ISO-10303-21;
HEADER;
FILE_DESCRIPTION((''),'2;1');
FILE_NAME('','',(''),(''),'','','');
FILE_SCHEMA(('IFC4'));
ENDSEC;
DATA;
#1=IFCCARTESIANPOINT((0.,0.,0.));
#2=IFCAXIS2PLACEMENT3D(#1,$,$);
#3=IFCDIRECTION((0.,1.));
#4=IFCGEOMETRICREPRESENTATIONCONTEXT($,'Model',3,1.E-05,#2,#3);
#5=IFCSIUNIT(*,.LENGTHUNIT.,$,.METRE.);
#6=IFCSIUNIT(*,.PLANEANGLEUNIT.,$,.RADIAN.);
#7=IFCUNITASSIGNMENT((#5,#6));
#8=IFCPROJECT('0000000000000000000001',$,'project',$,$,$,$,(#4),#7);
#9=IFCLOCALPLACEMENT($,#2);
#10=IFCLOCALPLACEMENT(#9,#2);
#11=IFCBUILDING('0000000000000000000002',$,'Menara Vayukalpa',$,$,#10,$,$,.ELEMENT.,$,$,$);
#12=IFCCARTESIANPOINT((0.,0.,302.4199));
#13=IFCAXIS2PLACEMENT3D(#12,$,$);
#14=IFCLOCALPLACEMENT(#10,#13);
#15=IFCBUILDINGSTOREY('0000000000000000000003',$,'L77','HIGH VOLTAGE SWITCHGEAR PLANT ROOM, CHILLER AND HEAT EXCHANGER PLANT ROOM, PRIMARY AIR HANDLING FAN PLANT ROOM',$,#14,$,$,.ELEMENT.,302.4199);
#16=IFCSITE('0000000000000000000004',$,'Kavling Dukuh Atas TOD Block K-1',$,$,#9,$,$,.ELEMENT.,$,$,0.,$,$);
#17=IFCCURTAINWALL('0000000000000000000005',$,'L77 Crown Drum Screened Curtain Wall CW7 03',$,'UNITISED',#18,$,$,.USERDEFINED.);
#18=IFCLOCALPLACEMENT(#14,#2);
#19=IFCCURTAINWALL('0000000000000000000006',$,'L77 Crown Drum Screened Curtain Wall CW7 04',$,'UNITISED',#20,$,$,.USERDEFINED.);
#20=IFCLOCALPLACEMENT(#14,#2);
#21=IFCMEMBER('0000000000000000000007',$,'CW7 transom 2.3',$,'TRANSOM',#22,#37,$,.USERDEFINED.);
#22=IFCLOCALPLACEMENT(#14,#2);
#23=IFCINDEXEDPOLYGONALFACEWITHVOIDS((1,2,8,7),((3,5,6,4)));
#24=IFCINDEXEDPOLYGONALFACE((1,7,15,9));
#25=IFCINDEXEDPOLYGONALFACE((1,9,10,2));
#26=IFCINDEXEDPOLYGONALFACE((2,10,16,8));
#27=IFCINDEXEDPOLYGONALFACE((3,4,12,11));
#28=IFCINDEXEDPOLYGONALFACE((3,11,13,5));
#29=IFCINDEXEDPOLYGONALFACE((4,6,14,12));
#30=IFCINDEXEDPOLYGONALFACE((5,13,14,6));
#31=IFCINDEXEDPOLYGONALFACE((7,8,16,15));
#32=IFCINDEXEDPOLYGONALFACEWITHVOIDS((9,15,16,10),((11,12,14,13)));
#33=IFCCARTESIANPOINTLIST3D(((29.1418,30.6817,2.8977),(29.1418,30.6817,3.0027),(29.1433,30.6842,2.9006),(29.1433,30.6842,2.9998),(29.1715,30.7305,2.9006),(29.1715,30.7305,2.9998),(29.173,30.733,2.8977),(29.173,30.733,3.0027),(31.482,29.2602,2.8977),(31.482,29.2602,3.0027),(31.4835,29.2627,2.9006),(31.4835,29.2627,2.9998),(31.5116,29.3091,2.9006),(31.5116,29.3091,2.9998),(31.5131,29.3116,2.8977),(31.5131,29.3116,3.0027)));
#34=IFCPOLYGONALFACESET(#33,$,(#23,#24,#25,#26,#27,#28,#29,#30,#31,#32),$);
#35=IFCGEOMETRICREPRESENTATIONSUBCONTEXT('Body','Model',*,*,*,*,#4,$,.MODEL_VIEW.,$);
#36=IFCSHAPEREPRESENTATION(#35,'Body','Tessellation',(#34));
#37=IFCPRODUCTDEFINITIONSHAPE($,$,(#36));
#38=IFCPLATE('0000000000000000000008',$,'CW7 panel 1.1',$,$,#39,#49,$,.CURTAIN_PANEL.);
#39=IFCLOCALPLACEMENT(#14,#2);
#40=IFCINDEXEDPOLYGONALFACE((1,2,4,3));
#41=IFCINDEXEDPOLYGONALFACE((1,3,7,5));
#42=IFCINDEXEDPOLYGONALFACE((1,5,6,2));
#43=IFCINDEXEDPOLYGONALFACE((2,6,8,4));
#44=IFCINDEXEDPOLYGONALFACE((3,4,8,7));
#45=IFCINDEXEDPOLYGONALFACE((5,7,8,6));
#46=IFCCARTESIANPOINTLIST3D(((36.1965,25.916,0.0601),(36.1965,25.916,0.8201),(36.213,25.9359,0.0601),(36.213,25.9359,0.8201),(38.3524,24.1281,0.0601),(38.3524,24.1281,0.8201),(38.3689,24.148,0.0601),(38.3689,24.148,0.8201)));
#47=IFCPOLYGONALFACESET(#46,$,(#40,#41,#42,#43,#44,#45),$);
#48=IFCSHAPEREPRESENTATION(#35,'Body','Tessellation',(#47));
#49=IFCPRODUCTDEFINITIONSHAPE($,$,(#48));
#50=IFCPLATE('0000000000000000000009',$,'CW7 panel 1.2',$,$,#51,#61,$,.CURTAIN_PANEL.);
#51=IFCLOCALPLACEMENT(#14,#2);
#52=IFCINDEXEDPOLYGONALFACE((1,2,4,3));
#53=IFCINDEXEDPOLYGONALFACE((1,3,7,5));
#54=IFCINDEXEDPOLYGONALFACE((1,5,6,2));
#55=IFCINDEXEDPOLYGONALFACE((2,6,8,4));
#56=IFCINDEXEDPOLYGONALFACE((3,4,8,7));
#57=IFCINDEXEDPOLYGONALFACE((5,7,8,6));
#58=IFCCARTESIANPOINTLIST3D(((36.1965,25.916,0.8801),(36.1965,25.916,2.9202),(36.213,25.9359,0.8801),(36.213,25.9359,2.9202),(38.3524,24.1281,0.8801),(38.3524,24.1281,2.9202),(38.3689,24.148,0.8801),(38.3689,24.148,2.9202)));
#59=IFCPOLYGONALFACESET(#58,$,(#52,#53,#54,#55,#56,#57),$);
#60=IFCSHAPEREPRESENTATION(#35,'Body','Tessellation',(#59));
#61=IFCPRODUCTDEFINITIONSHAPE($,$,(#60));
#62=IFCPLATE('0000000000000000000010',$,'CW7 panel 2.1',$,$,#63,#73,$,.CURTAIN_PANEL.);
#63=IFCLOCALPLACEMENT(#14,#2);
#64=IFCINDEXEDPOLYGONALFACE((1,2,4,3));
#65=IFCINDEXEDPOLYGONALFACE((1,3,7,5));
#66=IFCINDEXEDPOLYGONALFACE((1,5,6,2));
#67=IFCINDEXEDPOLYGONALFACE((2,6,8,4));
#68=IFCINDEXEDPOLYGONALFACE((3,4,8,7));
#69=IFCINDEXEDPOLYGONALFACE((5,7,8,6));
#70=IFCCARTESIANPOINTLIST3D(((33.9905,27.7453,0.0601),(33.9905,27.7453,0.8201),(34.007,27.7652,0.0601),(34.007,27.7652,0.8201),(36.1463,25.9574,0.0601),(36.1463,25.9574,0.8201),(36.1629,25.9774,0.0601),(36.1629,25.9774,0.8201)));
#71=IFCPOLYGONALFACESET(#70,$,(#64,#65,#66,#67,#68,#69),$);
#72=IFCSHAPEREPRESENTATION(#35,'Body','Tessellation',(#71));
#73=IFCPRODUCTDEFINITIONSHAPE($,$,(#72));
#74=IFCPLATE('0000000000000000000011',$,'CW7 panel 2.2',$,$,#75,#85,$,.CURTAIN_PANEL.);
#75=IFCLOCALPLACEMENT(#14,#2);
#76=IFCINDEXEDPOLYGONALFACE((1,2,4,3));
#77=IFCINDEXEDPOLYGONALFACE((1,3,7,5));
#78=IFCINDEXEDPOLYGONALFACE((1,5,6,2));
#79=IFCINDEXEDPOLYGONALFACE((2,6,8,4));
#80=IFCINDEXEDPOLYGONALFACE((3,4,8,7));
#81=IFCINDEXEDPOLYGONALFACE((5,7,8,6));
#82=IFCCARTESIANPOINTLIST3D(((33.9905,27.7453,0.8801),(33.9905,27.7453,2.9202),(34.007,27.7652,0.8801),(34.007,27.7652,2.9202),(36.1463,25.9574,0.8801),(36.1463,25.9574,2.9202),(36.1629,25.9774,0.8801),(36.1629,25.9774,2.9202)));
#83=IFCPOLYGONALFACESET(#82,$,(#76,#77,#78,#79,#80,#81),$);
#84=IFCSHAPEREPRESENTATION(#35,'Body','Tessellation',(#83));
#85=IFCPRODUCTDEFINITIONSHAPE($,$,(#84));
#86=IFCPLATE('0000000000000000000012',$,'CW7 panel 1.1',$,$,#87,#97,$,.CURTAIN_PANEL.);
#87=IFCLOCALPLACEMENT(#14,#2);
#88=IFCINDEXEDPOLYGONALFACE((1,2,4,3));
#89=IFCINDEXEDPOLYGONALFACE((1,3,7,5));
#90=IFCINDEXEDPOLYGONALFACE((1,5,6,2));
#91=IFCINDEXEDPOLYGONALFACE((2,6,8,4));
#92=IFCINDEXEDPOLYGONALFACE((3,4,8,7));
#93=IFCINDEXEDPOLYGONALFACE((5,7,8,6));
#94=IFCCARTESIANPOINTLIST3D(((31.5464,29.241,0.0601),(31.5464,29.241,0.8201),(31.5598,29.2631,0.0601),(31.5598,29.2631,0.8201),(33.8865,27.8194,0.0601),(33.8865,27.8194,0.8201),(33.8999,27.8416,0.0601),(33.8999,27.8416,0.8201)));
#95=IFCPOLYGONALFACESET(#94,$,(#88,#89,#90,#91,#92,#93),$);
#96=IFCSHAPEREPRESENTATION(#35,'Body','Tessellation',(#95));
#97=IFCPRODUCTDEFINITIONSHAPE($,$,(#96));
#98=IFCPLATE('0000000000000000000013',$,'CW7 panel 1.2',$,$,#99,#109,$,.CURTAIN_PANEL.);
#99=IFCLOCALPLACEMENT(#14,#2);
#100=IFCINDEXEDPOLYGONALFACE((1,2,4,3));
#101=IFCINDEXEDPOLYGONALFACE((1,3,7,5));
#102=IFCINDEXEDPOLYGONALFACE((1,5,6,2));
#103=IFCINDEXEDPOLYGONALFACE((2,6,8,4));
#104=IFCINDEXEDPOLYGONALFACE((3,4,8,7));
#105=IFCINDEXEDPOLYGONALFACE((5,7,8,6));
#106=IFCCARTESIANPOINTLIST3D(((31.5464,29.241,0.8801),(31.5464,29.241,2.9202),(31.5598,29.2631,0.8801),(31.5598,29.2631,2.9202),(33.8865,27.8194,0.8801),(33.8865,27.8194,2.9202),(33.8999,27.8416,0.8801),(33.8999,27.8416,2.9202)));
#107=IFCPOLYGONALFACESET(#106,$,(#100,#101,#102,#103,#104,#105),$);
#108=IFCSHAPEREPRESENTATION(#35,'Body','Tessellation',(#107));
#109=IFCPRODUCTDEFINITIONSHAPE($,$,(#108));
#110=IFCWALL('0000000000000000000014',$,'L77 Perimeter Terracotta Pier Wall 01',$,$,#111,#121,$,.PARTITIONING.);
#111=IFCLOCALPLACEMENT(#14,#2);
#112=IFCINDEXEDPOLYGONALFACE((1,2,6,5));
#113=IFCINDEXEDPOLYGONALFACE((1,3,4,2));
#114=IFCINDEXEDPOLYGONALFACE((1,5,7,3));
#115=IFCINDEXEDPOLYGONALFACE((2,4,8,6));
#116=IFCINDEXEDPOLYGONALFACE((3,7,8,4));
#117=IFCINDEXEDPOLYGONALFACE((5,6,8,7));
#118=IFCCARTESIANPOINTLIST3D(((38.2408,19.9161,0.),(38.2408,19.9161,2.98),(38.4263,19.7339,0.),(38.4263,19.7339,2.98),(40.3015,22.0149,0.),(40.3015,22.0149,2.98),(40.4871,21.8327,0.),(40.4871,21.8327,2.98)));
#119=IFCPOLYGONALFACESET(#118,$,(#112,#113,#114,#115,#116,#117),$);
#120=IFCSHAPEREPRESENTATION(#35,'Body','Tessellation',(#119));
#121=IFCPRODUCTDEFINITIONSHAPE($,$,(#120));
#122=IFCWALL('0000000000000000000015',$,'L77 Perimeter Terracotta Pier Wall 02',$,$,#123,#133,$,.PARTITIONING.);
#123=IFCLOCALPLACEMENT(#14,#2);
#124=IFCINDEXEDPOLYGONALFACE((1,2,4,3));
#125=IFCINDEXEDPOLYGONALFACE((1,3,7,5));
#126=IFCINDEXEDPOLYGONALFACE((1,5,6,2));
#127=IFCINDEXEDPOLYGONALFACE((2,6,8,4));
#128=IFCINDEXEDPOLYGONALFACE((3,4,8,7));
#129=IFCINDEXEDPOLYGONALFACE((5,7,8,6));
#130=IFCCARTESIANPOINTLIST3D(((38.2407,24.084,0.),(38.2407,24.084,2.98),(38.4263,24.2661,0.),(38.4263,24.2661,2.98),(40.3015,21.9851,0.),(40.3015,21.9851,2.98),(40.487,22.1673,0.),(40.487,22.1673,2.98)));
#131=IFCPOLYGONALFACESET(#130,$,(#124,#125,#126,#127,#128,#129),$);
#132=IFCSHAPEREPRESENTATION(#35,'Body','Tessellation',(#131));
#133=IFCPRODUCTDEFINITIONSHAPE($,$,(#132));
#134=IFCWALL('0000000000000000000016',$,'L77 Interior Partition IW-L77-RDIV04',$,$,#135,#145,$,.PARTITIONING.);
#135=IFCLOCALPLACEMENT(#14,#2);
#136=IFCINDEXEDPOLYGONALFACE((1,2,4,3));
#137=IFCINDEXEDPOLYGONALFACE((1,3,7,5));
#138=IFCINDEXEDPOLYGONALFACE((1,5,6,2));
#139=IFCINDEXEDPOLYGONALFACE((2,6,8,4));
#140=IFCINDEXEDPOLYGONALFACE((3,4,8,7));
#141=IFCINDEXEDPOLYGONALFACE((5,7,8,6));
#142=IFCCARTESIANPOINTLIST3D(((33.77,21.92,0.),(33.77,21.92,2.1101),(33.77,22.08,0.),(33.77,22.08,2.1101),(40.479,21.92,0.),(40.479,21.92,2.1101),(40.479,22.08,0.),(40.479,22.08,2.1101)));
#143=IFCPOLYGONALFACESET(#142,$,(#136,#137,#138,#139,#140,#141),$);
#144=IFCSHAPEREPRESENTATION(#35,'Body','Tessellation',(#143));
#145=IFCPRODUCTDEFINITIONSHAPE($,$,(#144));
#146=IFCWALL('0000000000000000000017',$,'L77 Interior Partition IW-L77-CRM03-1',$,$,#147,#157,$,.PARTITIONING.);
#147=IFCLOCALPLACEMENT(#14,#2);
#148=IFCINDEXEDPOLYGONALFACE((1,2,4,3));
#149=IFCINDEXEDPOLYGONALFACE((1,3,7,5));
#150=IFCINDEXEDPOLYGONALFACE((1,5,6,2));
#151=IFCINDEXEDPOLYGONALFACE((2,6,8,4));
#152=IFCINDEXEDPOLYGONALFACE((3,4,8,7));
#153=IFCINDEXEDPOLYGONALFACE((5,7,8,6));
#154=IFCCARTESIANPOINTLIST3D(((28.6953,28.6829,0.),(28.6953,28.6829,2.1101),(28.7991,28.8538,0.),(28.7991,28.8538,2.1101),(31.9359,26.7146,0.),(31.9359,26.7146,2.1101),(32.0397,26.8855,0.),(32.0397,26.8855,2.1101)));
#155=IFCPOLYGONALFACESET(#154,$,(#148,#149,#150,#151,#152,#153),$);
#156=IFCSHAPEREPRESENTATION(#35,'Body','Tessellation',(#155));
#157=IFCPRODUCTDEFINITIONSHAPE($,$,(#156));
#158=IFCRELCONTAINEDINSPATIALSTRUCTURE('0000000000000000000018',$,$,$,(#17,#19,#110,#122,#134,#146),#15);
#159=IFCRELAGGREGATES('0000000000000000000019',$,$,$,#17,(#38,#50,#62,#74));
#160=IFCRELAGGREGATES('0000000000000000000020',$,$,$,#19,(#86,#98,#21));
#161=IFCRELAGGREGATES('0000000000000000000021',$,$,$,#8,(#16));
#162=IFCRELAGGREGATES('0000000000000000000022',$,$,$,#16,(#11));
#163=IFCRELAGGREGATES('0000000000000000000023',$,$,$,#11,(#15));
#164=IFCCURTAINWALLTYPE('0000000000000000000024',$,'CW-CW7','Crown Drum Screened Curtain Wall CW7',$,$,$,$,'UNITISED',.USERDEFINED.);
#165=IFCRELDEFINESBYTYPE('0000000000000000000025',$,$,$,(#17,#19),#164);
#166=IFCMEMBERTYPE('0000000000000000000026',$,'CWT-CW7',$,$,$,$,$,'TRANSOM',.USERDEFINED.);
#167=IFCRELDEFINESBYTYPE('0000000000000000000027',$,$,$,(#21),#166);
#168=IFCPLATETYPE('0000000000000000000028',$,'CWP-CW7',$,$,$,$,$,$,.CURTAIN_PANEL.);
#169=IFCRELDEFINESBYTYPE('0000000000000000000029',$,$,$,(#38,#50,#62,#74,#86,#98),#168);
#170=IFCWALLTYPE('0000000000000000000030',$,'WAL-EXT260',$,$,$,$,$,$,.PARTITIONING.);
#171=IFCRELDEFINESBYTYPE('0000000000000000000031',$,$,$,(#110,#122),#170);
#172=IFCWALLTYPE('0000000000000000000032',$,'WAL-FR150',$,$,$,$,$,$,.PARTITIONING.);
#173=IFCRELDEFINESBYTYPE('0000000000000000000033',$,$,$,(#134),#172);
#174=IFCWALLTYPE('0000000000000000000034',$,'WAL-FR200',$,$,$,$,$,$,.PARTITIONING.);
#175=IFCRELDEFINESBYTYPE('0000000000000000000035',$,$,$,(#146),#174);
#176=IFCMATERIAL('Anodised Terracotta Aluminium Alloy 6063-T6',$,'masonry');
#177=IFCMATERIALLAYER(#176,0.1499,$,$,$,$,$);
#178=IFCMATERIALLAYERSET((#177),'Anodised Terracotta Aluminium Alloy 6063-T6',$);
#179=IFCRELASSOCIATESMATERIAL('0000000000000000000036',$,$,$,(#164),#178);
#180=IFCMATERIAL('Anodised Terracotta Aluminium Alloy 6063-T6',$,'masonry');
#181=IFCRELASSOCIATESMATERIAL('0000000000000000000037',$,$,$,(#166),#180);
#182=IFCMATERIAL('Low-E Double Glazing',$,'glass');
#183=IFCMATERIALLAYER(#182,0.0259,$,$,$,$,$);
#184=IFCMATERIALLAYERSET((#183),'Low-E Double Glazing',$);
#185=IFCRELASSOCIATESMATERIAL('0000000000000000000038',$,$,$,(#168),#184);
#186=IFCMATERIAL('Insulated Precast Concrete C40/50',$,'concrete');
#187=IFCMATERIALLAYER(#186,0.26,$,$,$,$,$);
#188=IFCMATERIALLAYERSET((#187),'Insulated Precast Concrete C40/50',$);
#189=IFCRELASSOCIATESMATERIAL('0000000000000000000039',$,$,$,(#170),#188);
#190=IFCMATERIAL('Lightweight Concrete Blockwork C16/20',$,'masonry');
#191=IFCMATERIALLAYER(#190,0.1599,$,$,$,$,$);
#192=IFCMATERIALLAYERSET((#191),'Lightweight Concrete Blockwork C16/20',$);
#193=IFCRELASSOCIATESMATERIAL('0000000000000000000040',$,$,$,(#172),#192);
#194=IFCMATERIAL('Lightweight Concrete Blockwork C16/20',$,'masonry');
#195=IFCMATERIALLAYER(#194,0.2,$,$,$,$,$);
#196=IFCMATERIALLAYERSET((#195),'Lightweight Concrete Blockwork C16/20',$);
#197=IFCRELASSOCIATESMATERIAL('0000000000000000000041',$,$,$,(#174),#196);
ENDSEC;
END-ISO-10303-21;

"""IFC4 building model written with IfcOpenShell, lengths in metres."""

from ifc_helpers import new_model, si_unit, direction, frame, frame_2d, origin, origin_2d, place, context, subcontext, project, spatial, rectangle, hollow_rectangle, extrude, material, layer, layer_set, material_profile, profile_set, type_object, element, aggregate, save


model = new_model("IFC4")

# Units and contexts
model_context = context("Model", 3, precision=1e-05, world=origin(), true_north=direction((0.0, 1.0)))
body_context = subcontext(model_context, "Body", "Model", "MODEL_VIEW")
ifc_project = project(units=[si_unit("LENGTHUNIT", "METRE"), si_unit("PLANEANGLEUNIT", "RADIAN")], contexts=[model_context])

# Site, building, storey
site_placement = place(None, origin())
site = spatial("IfcSite", under=ifc_project, at=site_placement, Name="Kavling Dukuh Atas TOD Block K-1", CompositionType="ELEMENT", RefElevation=0.0)
building_placement = place(site_placement, origin())
building = spatial("IfcBuilding", under=site, at=building_placement, Name="Menara Vayukalpa", CompositionType="ELEMENT")
storey_placement = place(building_placement, frame((0.0, 0.0, 302.4199)))
storey = spatial("IfcBuildingStorey", under=building, at=storey_placement, Name="L77", Description="HIGH VOLTAGE SWITCHGEAR PLANT ROOM, CHILLER AND HEAT EXCHANGER PLANT ROOM, PRIMARY AIR HANDLING FAN PLANT ROOM", CompositionType="ELEMENT", Elevation=302.4199)

# Curtain walls
ifc_material_1 = material(Name="Anodised Terracotta Aluminium Alloy 6063-T6", Category="masonry")
ifc_layer_1 = layer(ifc_material_1, 0.1499)
ifc_layer_set_1 = layer_set([ifc_layer_1], Name="Anodised Terracotta Aluminium Alloy 6063-T6")
curtain_wall_type = type_object("IfcCurtainWallType", Name="CW-CW7", Description="Crown Drum Screened Curtain Wall CW7", ElementType="UNITISED", PredefinedType="USERDEFINED", material=ifc_layer_set_1)
curtain_wall_1_placement = place(storey_placement, origin())
curtain_wall_1 = element("IfcCurtainWall", 1, at=curtain_wall_1_placement, inside=storey, type_object=curtain_wall_type, Name="L77 Crown Drum Screened Curtain Wall CW7 03", ObjectType="UNITISED", PredefinedType="USERDEFINED")
curtain_wall_2_placement = place(storey_placement, origin())
curtain_wall_2 = element("IfcCurtainWall", 2, at=curtain_wall_2_placement, inside=storey, type_object=curtain_wall_type, Name="L77 Crown Drum Screened Curtain Wall CW7 04", ObjectType="UNITISED", PredefinedType="USERDEFINED")

# Member
ifc_material_2 = material(Name="Anodised Terracotta Aluminium Alloy 6063-T6", Category="masonry")
ifc_material_profile_1 = material_profile(ifc_material_2, hollow_rectangle(XDim=0.0601, YDim=0.105, WallThickness=0.0029, at=origin_2d()), Name="ALU 60x105x3")
ifc_profile_set_1 = profile_set([ifc_material_profile_1], Name="Anodised Terracotta Aluminium Alloy 6063-T6")
member_type_1 = type_object("IfcMemberType", Name="CWT-CW7", ElementType="TRANSOM", PredefinedType="USERDEFINED", material=ifc_profile_set_1)
member_1_placement = place(storey_placement, frame((31.4976, 29.2859, 2.9502), z_axis=(-0.854687, 0.519143, 0.0), x_axis=(-0.519143, -0.854687, 0.0)))
member_1 = element("IfcMember", 3, at=member_1_placement, type_object=member_type_1, Name="CW7 transom 2.3", ObjectType="TRANSOM", PredefinedType="USERDEFINED", context=body_context, shape_type="SweptSolid", body=[
    extrude(hollow_rectangle(XDim=0.0601, YDim=0.105, WallThickness=0.0029, at=origin_2d()), origin(), (0.0, 0.0, 1.0), 2.738),
])

# Plates
ifc_material_3 = material(Name="Low-E Double Glazing", Category="glass")
ifc_layer_2 = layer(ifc_material_3, 0.0259)
ifc_layer_set_2 = layer_set([ifc_layer_2], Name="Low-E Double Glazing")
plate_type = type_object("IfcPlateType", Name="CWP-CW7", PredefinedType="CURTAIN_PANEL", material=ifc_layer_set_2)
plate_1_placement = place(storey_placement, frame((37.2827, 25.032, 0.0601), z_axis=(0.0, 0.0, 1.0), x_axis=(-0.769749, 0.638347, 0.0)))
plate_1 = element("IfcPlate", 4, at=plate_1_placement, type_object=plate_type, Name="CW7 panel 1.1", PredefinedType="CURTAIN_PANEL", context=body_context, shape_type="SweptSolid", body=[
    extrude(rectangle(XDim=2.8008, YDim=0.0259, at=origin_2d()), origin(), (0.0, 0.0, 1.0), 0.76),
])
plate_2_placement = place(storey_placement, frame((37.2827, 25.032, 0.8801), z_axis=(0.0, 0.0, 1.0), x_axis=(-0.769749, 0.638347, 0.0)))
plate_2 = element("IfcPlate", 5, at=plate_2_placement, type_object=plate_type, Name="CW7 panel 1.2", PredefinedType="CURTAIN_PANEL", context=body_context, shape_type="SweptSolid", body=[
    extrude(rectangle(XDim=2.8008, YDim=0.0259, at=origin_2d()), origin(), (0.0, 0.0, 1.0), 2.04),
])
plate_3_placement = place(storey_placement, frame((35.0767, 26.8613, 0.0601), z_axis=(0.0, 0.0, 1.0), x_axis=(-0.769749, 0.638347, 0.0)))
plate_3 = element("IfcPlate", 6, at=plate_3_placement, type_object=plate_type, Name="CW7 panel 2.1", PredefinedType="CURTAIN_PANEL", context=body_context, shape_type="SweptSolid", body=[
    extrude(rectangle(XDim=2.8008, YDim=0.0259, at=origin_2d()), origin(), (0.0, 0.0, 1.0), 0.76),
])
plate_4_placement = place(storey_placement, frame((35.0767, 26.8613, 0.8801), z_axis=(0.0, 0.0, 1.0), x_axis=(-0.769749, 0.638347, 0.0)))
plate_4 = element("IfcPlate", 7, at=plate_4_placement, type_object=plate_type, Name="CW7 panel 2.2", PredefinedType="CURTAIN_PANEL", context=body_context, shape_type="SweptSolid", body=[
    extrude(rectangle(XDim=2.8008, YDim=0.0259, at=origin_2d()), origin(), (0.0, 0.0, 1.0), 2.04),
])
aggregate(curtain_wall_1, [plate_1, plate_2, plate_3, plate_4])
plate_5_placement = place(storey_placement, frame((32.7231, 28.5413, 0.0601), z_axis=(0.0, 0.0, 1.0), x_axis=(-0.854667, 0.519176, 0.0)))
plate_5 = element("IfcPlate", 8, at=plate_5_placement, type_object=plate_type, Name="CW7 panel 1.1", PredefinedType="CURTAIN_PANEL", context=body_context, shape_type="SweptSolid", body=[
    extrude(rectangle(XDim=2.738, YDim=0.0259, at=origin_2d()), origin(), (0.0, 0.0, 1.0), 0.76),
])
plate_6_placement = place(storey_placement, frame((32.7231, 28.5413, 0.8801), z_axis=(0.0, 0.0, 1.0), x_axis=(-0.854667, 0.519176, 0.0)))
plate_6 = element("IfcPlate", 9, at=plate_6_placement, type_object=plate_type, Name="CW7 panel 1.2", PredefinedType="CURTAIN_PANEL", context=body_context, shape_type="SweptSolid", body=[
    extrude(rectangle(XDim=2.738, YDim=0.0259, at=origin_2d()), origin(), (0.0, 0.0, 1.0), 2.04),
])
aggregate(curtain_wall_2, [plate_5, plate_6, member_1])

# Walls
ifc_material_4 = material(Name="Insulated Precast Concrete C40/50", Category="concrete")
ifc_layer_3 = layer(ifc_material_4, 0.26)
ifc_layer_set_3 = layer_set([ifc_layer_3], Name="Insulated Precast Concrete C40/50")
wall_type_1 = type_object("IfcWallType", Name="WAL-EXT260", PredefinedType="PARTITIONING", material=ifc_layer_set_3)
for number, where, z_axis, x_axis, name in (
    (10, (40.3943, 21.9238, 0.0), (0.0, 0.0, 1.0), (-0.700603, -0.713551, 0.0), "L77 Perimeter Terracotta Pier Wall 01"),
    (11, (38.3335, 24.175, 0.0), (0.0, 0.0, 1.0), (0.700603, -0.713551, 0.0), "L77 Perimeter Terracotta Pier Wall 02"),
):
    element("IfcWall", number, at=place(storey_placement, frame(where, z_axis=z_axis, x_axis=x_axis)), inside=storey, type_object=wall_type_1, Name=name, PredefinedType="PARTITIONING", context=body_context, shape_type="SweptSolid", body=[
        extrude(rectangle(XDim=2.9414, YDim=0.26, at=frame_2d((1.4707, 0.0))), origin(), (0.0, 0.0, 1.0), 2.98),
    ])
ifc_material_5 = material(Name="Lightweight Concrete Blockwork C16/20", Category="masonry")
ifc_layer_4 = layer(ifc_material_5, 0.1599)
ifc_layer_set_4 = layer_set([ifc_layer_4], Name="Lightweight Concrete Blockwork C16/20")
wall_type_2 = type_object("IfcWallType", Name="WAL-FR150", PredefinedType="PARTITIONING", material=ifc_layer_set_4)
wall_1_placement = place(storey_placement, frame((33.77, 22.0, 0.0), z_axis=(0.0, 0.0, 1.0), x_axis=(1.0, 0.0, 0.0)))
element("IfcWall", 12, at=wall_1_placement, inside=storey, type_object=wall_type_2, Name="L77 Interior Partition IW-L77-RDIV04", PredefinedType="PARTITIONING", context=body_context, shape_type="SweptSolid", body=[
    extrude(rectangle(XDim=6.709, YDim=0.1599, at=frame_2d((3.3545, 0.0))), origin(), (0.0, 0.0, 1.0), 2.1101),
])
ifc_material_6 = material(Name="Lightweight Concrete Blockwork C16/20", Category="masonry")
ifc_layer_5 = layer(ifc_material_6, 0.2)
ifc_layer_set_5 = layer_set([ifc_layer_5], Name="Lightweight Concrete Blockwork C16/20")
wall_type_3 = type_object("IfcWallType", Name="WAL-FR200", PredefinedType="PARTITIONING", material=ifc_layer_set_5)
wall_2_placement = place(storey_placement, frame((31.9878, 26.8, 0.0), z_axis=(0.0, 0.0, 1.0), x_axis=(-0.854691, 0.519138, 0.0)))
element("IfcWall", 13, at=wall_2_placement, inside=storey, type_object=wall_type_3, Name="L77 Interior Partition IW-L77-CRM03-1", PredefinedType="PARTITIONING", context=body_context, shape_type="SweptSolid", body=[
    extrude(rectangle(XDim=3.7915, YDim=0.2, at=frame_2d((1.8958, 0.0))), origin(), (0.0, 0.0, 1.0), 2.1101),
])

save(model, "model.ifc")
